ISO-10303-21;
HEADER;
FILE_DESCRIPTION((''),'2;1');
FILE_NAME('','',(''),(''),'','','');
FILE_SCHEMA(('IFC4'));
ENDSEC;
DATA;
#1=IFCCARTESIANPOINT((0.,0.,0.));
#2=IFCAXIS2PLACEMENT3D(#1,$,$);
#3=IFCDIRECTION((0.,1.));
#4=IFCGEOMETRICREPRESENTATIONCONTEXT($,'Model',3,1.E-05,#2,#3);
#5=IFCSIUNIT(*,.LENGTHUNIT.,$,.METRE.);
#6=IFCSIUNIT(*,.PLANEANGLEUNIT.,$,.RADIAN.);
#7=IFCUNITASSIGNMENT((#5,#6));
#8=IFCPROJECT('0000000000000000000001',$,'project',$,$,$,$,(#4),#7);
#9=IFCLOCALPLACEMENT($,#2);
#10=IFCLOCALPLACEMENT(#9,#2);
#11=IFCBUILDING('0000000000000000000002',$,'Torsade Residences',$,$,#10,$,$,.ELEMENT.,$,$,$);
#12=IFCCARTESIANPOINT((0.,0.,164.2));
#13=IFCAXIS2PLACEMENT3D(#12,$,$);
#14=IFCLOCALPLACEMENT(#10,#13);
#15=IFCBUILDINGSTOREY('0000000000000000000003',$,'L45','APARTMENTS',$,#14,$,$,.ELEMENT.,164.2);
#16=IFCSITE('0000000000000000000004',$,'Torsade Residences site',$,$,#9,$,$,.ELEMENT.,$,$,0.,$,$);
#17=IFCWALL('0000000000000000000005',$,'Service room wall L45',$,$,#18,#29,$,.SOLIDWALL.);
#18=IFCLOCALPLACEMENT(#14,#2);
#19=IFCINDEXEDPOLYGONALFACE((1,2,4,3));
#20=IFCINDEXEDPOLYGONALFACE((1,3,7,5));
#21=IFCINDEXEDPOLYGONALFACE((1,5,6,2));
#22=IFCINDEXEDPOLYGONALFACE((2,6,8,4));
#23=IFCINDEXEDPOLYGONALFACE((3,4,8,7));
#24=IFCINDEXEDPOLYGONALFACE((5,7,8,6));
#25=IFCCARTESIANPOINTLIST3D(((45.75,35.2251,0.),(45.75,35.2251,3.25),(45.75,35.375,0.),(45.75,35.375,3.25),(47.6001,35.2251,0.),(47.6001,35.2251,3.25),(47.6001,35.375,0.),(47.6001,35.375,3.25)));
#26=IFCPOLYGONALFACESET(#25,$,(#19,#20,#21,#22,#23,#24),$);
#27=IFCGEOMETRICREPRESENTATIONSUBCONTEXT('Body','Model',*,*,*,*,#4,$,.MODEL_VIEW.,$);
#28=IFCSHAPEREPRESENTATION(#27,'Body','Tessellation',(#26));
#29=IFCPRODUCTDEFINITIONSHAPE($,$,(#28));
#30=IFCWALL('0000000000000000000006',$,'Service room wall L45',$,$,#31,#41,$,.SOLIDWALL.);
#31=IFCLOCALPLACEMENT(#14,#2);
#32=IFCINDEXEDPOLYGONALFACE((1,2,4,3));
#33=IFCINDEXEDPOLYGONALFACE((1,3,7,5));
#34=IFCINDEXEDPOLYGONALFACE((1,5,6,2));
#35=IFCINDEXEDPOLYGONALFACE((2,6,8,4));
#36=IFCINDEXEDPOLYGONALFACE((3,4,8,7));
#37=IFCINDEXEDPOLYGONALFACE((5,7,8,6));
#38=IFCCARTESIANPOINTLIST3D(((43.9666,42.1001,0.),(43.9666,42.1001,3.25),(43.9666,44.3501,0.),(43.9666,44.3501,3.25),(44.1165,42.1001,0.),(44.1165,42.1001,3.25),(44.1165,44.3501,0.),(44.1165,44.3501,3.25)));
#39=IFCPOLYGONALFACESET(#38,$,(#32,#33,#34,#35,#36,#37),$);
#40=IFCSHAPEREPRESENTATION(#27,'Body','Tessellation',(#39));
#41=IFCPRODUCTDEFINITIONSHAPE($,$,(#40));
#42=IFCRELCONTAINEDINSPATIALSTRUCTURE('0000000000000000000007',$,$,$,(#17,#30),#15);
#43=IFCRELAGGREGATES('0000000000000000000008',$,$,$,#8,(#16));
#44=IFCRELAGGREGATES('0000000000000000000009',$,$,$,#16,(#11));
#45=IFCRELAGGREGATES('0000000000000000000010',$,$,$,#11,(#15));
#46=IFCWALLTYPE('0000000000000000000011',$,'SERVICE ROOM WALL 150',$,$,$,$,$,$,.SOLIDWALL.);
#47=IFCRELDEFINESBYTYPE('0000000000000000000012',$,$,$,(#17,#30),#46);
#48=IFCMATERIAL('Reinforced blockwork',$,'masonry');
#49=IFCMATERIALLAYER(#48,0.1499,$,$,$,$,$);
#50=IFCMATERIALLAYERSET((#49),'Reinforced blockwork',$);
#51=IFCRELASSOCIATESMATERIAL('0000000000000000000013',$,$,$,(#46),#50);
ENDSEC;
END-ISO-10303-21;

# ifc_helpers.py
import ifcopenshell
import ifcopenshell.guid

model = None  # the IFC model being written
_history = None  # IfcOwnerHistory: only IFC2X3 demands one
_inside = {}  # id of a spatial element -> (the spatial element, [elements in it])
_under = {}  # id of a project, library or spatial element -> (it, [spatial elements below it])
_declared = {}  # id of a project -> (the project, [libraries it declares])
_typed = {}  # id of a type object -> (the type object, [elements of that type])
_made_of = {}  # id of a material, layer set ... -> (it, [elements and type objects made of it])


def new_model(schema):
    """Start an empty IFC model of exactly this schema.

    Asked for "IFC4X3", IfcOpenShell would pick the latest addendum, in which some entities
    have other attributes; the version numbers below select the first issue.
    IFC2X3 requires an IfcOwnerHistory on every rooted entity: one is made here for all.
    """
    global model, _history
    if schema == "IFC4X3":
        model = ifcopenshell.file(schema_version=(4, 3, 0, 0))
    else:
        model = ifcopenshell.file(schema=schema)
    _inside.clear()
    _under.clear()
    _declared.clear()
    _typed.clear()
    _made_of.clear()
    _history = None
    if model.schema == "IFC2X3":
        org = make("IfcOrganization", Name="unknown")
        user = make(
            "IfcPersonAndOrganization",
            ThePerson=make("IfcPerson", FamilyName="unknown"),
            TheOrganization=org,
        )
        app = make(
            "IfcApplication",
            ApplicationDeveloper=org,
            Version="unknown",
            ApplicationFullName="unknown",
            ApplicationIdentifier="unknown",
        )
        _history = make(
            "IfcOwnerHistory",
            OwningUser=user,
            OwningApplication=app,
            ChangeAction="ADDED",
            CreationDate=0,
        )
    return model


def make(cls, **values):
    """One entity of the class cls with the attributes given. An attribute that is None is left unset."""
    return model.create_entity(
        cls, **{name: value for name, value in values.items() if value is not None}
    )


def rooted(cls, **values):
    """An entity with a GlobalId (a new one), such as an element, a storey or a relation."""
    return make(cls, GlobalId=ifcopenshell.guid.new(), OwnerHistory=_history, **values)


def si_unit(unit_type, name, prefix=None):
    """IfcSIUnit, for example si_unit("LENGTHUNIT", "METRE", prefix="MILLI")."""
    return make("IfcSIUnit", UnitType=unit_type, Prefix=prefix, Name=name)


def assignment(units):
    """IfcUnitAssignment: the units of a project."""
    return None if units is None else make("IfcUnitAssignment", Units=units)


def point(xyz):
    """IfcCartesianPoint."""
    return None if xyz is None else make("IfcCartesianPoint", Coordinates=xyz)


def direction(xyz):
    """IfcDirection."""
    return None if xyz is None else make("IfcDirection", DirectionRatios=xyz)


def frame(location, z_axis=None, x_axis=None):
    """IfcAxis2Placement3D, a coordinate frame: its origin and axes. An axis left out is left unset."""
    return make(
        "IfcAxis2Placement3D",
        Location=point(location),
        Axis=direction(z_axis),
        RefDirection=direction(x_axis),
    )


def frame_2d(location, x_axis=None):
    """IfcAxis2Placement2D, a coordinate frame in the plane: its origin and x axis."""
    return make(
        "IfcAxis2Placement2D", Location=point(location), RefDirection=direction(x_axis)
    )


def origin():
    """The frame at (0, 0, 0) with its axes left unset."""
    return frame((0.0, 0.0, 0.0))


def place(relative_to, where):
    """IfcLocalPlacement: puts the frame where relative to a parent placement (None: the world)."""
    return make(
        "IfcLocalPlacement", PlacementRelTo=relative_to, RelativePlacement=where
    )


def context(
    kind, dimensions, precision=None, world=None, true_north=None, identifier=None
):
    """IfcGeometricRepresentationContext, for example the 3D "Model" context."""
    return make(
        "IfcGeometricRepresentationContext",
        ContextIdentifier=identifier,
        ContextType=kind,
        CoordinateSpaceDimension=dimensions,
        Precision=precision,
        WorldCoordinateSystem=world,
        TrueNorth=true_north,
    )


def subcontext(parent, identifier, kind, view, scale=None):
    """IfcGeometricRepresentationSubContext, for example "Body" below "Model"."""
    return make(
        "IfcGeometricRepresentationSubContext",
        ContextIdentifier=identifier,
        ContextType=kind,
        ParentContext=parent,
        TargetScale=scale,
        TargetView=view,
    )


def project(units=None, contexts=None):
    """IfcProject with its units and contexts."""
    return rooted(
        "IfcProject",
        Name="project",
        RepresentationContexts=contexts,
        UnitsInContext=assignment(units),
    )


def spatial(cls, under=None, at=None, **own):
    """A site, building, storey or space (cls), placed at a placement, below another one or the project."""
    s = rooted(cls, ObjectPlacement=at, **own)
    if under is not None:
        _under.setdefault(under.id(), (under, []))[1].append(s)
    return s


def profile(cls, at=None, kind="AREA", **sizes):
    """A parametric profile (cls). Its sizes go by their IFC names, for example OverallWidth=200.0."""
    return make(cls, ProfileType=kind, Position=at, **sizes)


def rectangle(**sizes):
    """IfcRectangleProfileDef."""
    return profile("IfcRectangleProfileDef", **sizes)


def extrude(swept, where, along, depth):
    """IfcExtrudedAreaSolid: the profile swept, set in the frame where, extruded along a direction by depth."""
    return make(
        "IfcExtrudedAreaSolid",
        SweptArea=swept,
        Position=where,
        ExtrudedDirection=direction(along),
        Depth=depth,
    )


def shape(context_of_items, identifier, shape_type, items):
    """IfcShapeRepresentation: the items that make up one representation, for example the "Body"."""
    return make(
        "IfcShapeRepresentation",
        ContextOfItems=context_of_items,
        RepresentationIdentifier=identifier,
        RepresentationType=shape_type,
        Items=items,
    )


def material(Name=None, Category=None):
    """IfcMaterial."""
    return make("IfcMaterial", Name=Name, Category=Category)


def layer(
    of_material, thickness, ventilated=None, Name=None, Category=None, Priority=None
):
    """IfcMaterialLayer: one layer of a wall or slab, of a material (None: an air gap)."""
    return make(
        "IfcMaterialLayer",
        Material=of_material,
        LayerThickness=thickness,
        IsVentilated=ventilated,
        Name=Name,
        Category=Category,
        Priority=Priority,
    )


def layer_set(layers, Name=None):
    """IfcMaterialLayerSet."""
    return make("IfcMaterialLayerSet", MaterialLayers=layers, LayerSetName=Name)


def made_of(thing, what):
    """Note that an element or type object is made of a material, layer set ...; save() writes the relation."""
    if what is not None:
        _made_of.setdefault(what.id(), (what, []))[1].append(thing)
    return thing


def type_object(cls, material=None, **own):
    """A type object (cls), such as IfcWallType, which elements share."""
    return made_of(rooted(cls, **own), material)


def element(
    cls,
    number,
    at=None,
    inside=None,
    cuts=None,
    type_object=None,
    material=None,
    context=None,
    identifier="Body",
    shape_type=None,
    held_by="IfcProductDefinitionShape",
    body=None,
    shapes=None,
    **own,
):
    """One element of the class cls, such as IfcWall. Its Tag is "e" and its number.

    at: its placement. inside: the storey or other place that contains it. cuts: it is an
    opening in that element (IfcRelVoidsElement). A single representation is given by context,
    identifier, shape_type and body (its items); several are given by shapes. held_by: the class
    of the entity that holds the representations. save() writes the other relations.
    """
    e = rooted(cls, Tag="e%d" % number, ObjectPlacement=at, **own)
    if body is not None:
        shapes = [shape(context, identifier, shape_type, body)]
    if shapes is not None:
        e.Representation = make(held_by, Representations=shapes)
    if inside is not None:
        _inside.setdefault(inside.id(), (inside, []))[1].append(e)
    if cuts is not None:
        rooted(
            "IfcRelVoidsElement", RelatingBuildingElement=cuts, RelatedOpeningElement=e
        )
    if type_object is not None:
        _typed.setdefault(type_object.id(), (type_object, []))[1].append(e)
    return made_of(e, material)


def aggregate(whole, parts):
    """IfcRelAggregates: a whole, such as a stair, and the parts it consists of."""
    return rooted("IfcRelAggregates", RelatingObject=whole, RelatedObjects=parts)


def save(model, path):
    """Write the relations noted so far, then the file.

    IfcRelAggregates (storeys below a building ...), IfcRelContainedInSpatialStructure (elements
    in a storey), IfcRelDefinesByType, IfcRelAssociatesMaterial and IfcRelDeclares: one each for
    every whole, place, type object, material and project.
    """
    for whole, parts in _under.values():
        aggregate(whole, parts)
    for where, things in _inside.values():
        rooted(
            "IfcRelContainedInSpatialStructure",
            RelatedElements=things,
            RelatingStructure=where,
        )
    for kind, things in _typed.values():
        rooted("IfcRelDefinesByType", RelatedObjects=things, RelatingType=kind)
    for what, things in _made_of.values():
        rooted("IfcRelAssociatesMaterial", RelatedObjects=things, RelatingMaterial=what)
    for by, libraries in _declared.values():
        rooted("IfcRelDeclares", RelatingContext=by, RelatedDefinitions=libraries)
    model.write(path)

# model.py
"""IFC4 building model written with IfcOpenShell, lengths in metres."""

from ifc_helpers import new_model, si_unit, direction, frame, frame_2d, origin, place, context, subcontext, project, spatial, rectangle, extrude, material, layer, layer_set, type_object, element, save


model = new_model("IFC4")

# Units and contexts
model_context = context("Model", 3, precision=1e-05, world=origin(), true_north=direction((0.0, 1.0)))
body_context = subcontext(model_context, "Body", "Model", "MODEL_VIEW")
ifc_project = project(units=[si_unit("LENGTHUNIT", "METRE"), si_unit("PLANEANGLEUNIT", "RADIAN")], contexts=[model_context])

# Site, building, storey
site_placement = place(None, origin())
site = spatial("IfcSite", under=ifc_project, at=site_placement, Name="Torsade Residences site", CompositionType="ELEMENT", RefElevation=0.0)
building_placement = place(site_placement, origin())
building = spatial("IfcBuilding", under=site, at=building_placement, Name="Torsade Residences", CompositionType="ELEMENT")
storey_placement = place(building_placement, frame((0.0, 0.0, 164.2)))
storey = spatial("IfcBuildingStorey", under=building, at=storey_placement, Name="L45", Description="APARTMENTS", CompositionType="ELEMENT", Elevation=164.2)

# Walls
ifc_material_1 = material(Name="Reinforced blockwork", Category="masonry")
ifc_layer_1 = layer(ifc_material_1, 0.1499)
ifc_layer_set_1 = layer_set([ifc_layer_1], Name="Reinforced blockwork")
wall_type_1 = type_object("IfcWallType", Name="SERVICE ROOM WALL 150", PredefinedType="SOLIDWALL", material=ifc_layer_set_1)
wall_1_placement = place(storey_placement, frame((47.6001, 35.3, 0.0), z_axis=(0.0, 0.0, 1.0), x_axis=(-1.0, 0.0, 0.0)))
element("IfcWall", 1, at=wall_1_placement, inside=storey, type_object=wall_type_1, Name="Service room wall L45", PredefinedType="SOLIDWALL", context=body_context, shape_type="SweptSolid", body=[
    extrude(rectangle(XDim=1.8501, YDim=0.1499, at=frame_2d((0.925, 0.0))), origin(), (0.0, 0.0, 1.0), 3.25),
])
wall_2_placement = place(storey_placement, frame((44.0415, 42.1001, 0.0), z_axis=(0.0, 0.0, 1.0), x_axis=(0.0, 1.0, 0.0)))
element("IfcWall", 2, at=wall_2_placement, inside=storey, type_object=wall_type_1, Name="Service room wall L45", PredefinedType="SOLIDWALL", context=body_context, shape_type="SweptSolid", body=[
    extrude(rectangle(XDim=2.25, YDim=0.1499, at=frame_2d((1.125, 0.0))), origin(), (0.0, 0.0, 1.0), 3.25),
])

save(model, "model.ifc")
